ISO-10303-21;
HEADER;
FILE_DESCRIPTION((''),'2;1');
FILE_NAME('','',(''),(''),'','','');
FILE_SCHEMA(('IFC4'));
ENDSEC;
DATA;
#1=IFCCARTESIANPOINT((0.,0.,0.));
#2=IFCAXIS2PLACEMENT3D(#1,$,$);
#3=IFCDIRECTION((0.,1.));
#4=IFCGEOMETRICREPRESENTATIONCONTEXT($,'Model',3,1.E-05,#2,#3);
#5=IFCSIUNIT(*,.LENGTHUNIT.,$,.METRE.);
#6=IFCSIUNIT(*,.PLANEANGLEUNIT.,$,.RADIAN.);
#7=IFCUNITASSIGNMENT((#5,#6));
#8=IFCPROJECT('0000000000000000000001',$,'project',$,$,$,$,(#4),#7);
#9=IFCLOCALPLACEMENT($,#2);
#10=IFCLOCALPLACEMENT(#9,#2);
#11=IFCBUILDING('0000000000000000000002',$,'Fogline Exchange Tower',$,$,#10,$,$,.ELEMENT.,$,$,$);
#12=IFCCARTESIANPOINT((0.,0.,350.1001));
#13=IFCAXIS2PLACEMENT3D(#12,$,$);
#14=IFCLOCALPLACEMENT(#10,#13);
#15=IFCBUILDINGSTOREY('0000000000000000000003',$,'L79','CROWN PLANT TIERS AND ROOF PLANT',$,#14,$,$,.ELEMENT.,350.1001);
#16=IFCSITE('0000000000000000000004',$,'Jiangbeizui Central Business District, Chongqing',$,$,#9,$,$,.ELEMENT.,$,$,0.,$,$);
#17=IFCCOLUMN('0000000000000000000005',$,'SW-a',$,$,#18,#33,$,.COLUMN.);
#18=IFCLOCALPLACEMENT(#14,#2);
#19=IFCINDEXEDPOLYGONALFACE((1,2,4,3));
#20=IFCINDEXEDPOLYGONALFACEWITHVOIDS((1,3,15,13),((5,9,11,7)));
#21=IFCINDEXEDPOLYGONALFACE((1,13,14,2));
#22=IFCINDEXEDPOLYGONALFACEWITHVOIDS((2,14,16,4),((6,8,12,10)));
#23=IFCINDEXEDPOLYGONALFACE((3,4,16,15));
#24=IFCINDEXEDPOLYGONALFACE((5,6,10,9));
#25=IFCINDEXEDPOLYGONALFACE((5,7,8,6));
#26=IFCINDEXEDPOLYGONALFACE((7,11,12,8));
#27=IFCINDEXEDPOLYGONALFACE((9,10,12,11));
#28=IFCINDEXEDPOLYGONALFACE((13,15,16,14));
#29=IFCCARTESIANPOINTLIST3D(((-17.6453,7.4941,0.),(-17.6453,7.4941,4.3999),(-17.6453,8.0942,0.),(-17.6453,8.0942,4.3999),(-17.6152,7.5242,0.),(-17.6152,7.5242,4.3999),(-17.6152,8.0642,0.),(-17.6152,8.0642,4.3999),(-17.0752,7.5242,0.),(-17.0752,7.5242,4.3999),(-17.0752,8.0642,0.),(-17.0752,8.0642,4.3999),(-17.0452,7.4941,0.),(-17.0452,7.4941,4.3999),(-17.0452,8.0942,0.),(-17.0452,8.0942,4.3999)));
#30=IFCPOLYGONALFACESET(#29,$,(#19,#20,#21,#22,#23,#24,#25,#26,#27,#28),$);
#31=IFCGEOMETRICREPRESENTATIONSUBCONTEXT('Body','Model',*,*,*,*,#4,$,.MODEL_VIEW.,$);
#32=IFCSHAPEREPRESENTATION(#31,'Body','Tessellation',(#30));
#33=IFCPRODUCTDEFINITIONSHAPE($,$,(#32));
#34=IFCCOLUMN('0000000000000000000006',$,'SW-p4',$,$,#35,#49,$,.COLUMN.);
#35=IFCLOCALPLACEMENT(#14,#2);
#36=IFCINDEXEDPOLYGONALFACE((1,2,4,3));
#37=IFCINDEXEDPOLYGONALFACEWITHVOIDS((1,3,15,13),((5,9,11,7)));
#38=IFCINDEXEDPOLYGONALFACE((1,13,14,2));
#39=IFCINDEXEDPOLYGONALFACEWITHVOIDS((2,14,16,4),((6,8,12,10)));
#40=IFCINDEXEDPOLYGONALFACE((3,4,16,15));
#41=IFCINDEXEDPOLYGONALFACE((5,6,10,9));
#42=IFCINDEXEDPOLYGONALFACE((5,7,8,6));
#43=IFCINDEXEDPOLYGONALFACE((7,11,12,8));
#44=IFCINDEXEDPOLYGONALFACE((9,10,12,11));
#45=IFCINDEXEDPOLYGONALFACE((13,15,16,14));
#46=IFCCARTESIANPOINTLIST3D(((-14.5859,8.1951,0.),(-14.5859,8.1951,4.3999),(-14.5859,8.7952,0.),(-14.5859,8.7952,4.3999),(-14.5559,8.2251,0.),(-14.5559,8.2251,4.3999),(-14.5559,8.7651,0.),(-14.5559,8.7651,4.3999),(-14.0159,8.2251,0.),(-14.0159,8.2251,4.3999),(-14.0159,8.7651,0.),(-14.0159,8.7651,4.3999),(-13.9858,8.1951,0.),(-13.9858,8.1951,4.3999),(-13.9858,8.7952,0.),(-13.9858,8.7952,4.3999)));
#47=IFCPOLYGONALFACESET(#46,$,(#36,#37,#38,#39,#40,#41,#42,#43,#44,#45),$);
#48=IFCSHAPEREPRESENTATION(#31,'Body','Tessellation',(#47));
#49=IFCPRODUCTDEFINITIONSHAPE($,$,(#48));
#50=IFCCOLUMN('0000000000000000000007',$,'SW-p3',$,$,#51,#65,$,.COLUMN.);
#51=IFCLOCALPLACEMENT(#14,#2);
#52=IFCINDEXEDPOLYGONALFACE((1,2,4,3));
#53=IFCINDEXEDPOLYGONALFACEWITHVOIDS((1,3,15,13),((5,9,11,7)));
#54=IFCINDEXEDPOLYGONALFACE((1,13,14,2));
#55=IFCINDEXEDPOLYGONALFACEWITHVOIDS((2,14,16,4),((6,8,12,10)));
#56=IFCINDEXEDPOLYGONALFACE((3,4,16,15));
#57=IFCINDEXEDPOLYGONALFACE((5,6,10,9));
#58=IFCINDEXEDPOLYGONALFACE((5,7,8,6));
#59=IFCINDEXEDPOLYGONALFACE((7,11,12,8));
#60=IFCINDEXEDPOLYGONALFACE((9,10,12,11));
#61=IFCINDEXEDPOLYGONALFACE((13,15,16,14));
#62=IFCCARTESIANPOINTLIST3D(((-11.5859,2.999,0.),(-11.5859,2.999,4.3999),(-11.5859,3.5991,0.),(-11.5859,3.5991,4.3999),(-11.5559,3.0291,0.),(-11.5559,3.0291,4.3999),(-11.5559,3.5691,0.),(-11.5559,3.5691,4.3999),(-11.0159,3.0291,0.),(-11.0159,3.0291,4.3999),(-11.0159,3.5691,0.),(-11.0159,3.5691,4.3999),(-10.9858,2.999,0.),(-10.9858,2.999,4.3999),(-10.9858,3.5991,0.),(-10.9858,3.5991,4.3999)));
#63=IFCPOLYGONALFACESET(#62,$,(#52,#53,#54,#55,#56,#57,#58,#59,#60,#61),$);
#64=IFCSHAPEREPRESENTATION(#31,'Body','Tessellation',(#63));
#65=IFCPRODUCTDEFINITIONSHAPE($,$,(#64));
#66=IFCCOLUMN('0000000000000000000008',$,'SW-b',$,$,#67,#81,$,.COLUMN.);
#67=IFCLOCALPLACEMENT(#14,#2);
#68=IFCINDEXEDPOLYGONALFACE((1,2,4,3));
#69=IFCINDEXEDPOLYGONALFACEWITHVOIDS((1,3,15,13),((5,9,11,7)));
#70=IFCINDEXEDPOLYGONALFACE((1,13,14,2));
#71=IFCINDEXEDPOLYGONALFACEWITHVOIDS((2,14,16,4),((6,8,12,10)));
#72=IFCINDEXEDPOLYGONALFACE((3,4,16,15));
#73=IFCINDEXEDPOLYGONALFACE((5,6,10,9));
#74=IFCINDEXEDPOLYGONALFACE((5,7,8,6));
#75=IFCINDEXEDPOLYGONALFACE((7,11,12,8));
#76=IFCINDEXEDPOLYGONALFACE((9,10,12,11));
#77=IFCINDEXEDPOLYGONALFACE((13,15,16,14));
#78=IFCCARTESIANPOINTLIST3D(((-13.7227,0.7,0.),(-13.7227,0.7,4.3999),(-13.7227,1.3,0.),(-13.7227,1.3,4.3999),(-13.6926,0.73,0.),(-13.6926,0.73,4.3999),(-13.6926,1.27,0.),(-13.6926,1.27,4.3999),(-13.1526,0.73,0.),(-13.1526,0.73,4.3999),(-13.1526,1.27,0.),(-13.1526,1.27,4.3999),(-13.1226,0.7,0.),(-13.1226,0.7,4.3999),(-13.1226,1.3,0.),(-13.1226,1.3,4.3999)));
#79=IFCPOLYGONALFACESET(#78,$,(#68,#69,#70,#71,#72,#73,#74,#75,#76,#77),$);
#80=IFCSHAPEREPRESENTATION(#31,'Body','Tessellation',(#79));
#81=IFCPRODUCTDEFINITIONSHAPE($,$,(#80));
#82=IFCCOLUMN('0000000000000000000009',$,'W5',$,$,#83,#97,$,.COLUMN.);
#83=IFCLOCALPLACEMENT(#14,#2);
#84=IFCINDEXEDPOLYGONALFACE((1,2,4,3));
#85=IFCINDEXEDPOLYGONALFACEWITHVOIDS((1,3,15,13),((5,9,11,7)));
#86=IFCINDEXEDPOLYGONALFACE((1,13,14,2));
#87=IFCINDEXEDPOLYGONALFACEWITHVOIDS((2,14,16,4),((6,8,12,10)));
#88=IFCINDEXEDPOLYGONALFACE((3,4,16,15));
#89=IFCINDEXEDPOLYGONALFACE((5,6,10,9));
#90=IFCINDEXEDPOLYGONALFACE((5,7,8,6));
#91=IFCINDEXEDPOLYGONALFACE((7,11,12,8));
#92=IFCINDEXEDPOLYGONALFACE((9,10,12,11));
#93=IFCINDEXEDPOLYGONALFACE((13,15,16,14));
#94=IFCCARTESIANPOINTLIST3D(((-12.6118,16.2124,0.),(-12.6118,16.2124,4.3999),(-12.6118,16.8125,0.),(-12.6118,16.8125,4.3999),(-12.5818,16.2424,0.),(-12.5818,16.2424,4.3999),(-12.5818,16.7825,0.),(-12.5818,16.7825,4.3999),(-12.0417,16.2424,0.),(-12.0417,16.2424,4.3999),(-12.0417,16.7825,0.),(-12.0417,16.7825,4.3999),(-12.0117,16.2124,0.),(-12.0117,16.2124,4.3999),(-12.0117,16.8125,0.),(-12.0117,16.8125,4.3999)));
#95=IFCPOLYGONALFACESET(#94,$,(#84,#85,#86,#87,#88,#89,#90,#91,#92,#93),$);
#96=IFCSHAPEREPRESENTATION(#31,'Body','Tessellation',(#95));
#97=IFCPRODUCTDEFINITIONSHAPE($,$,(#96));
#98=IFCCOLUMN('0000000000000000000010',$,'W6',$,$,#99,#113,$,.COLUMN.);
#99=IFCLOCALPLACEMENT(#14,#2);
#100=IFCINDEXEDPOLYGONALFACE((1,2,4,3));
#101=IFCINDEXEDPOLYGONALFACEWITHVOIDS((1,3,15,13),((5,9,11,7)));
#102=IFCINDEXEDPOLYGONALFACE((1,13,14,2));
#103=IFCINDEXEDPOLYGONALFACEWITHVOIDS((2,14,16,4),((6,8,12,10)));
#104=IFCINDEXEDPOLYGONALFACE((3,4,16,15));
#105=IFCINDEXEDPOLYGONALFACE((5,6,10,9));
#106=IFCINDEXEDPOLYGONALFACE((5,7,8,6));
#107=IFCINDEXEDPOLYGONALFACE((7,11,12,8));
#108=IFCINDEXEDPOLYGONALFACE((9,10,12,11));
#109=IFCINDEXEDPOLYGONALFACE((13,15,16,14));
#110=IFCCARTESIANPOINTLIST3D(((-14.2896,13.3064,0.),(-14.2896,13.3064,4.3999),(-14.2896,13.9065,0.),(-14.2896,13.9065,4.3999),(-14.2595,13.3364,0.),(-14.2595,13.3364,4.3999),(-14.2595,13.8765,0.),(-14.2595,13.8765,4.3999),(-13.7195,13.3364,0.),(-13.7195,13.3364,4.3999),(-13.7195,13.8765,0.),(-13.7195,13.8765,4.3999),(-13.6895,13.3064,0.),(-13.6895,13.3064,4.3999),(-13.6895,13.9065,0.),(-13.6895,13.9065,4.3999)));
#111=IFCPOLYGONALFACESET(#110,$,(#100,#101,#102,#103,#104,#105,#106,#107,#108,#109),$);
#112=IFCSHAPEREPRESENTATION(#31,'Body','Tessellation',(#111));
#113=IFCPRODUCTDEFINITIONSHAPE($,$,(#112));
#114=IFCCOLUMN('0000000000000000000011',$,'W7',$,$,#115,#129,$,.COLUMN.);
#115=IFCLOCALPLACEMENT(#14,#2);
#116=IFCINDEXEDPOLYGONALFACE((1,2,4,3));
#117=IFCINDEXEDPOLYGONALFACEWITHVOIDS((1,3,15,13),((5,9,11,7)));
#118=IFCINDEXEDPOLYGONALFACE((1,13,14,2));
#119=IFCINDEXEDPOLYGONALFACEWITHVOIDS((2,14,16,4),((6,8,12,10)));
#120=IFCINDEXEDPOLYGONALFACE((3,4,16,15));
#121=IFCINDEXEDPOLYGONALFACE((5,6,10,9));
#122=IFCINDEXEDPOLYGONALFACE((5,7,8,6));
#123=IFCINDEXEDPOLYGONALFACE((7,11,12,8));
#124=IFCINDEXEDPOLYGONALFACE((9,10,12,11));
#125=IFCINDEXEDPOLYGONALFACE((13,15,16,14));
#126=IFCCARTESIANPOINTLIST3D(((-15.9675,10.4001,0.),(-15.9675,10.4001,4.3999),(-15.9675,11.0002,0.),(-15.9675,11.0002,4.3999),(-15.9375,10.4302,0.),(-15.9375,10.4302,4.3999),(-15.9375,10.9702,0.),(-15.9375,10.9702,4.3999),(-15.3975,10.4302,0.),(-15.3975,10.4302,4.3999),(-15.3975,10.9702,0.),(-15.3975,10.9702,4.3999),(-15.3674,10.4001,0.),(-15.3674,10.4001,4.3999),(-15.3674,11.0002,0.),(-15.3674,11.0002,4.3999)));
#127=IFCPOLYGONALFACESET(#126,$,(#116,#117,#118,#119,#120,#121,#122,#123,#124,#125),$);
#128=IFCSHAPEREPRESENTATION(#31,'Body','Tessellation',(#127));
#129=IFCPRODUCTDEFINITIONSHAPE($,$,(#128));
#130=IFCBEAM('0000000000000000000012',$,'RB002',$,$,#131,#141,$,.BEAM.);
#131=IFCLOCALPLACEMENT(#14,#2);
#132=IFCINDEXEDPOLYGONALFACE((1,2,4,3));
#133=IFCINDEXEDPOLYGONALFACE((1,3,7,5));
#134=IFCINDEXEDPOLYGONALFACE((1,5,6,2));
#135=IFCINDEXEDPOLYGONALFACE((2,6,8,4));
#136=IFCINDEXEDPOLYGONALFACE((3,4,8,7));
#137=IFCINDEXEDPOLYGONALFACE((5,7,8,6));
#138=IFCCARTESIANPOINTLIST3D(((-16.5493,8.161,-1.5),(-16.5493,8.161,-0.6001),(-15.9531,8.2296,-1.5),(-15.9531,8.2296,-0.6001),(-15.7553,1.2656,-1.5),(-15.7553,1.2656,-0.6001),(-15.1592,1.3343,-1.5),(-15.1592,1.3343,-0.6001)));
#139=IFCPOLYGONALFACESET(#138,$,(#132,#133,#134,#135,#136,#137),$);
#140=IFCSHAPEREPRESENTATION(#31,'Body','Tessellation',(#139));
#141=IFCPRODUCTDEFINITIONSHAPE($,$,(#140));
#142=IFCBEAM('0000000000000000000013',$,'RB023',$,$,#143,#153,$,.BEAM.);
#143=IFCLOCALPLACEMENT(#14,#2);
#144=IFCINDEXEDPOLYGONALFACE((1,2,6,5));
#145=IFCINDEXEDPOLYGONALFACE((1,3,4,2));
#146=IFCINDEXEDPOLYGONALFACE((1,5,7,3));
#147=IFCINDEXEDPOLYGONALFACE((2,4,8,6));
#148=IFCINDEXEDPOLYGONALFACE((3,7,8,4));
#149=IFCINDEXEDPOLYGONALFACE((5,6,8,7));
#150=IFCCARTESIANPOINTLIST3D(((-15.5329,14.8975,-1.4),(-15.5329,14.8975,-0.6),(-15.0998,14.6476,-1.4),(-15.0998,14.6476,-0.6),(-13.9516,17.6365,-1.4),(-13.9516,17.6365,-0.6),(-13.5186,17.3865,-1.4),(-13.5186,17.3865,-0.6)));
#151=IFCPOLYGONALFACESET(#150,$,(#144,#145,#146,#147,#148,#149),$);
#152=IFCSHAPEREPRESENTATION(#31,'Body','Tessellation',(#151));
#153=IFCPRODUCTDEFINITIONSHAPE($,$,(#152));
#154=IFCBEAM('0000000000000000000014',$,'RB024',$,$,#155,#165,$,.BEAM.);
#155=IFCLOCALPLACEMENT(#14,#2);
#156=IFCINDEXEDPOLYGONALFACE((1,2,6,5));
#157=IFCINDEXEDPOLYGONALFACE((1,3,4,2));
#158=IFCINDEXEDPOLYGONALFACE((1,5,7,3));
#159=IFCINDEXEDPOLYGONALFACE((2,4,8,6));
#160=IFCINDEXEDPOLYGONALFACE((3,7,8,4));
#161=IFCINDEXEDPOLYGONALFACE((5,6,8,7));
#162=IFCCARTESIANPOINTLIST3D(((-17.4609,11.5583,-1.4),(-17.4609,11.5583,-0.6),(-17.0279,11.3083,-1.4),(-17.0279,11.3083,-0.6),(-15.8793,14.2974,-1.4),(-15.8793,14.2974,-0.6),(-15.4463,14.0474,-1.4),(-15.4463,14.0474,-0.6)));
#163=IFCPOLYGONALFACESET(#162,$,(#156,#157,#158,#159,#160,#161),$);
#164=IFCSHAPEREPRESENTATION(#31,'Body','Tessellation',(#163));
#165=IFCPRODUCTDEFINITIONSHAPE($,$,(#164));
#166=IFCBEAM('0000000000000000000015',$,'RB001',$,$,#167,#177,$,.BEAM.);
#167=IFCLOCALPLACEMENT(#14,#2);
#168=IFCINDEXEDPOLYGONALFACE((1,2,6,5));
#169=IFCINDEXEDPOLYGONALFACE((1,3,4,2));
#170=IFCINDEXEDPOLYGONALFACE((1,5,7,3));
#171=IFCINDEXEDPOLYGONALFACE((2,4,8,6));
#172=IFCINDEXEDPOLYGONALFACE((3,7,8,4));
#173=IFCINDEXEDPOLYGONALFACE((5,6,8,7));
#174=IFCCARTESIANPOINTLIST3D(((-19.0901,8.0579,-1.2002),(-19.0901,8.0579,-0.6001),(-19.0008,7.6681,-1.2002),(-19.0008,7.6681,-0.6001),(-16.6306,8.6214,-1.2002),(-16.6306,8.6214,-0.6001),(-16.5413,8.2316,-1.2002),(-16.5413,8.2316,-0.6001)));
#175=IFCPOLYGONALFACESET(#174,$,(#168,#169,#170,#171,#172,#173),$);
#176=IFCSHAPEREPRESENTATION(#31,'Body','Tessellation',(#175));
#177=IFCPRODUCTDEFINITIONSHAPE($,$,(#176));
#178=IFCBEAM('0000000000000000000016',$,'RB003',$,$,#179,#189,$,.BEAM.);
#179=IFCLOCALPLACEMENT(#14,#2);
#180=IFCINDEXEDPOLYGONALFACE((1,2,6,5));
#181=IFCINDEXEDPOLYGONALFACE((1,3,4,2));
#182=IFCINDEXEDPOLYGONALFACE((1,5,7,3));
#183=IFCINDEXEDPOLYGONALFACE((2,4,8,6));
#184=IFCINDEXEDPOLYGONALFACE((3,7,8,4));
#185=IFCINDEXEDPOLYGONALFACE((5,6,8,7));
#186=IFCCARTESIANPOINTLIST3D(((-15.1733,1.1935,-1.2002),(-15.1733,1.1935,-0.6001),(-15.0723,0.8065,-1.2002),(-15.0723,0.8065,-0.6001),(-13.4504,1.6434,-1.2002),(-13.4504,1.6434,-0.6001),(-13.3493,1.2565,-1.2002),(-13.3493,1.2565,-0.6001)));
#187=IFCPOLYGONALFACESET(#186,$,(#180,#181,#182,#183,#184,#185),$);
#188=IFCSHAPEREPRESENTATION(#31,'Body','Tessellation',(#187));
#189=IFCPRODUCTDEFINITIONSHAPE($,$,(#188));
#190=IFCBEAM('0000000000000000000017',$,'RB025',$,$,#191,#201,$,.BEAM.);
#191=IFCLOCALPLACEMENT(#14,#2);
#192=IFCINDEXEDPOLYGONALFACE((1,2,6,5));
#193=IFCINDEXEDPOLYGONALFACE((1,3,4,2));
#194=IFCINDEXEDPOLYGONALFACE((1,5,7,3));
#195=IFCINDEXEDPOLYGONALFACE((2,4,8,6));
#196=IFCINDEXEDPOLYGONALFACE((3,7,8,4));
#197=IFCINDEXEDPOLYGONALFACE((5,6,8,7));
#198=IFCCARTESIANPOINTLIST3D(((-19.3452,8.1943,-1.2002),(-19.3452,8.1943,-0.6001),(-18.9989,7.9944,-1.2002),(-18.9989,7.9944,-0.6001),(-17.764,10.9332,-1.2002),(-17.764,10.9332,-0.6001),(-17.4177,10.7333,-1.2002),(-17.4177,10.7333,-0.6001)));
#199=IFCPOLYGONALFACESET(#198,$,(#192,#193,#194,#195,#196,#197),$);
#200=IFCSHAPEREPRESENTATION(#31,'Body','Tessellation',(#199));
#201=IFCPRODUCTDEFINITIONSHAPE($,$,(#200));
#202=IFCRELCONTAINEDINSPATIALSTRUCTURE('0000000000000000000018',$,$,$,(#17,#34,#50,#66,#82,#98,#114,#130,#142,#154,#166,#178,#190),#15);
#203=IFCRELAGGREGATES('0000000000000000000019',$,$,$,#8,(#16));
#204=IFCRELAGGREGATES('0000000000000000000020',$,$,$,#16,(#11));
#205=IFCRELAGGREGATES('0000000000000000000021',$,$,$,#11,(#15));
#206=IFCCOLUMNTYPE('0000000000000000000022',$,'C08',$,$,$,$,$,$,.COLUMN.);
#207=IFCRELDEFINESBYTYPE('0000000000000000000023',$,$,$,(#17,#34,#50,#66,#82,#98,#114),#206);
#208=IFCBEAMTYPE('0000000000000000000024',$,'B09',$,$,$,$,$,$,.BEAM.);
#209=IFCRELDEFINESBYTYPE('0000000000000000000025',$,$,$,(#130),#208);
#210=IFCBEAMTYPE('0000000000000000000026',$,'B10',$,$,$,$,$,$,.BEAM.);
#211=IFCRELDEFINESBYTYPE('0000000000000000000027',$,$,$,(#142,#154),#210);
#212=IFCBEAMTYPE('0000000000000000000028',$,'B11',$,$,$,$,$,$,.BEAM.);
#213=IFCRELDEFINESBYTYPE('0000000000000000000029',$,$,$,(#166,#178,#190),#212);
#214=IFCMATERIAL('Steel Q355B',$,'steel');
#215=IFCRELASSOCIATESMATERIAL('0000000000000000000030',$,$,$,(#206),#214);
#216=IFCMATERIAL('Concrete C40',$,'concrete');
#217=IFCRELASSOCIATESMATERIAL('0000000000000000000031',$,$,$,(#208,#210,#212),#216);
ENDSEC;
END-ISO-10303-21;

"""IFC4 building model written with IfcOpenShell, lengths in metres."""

from ifc_helpers import new_model, si_unit, direction, frame, origin, origin_2d, place, context, subcontext, project, spatial, rectangle, hollow_rectangle, extrude, material, material_profile, profile_set, type_object, element, save


model = new_model("IFC4")

# Units and contexts
model_context = context("Model", 3, precision=1e-05, world=origin(), true_north=direction((0.0, 1.0)))
body_context = subcontext(model_context, "Body", "Model", "MODEL_VIEW")
ifc_project = project(units=[si_unit("LENGTHUNIT", "METRE"), si_unit("PLANEANGLEUNIT", "RADIAN")], contexts=[model_context])

# Site, building, storey
site_placement = place(None, origin())
site = spatial("IfcSite", under=ifc_project, at=site_placement, Name="Jiangbeizui Central Business District, Chongqing", CompositionType="ELEMENT", RefElevation=0.0)
building_placement = place(site_placement, origin())
building = spatial("IfcBuilding", under=site, at=building_placement, Name="Fogline Exchange Tower", CompositionType="ELEMENT")
storey_placement = place(building_placement, frame((0.0, 0.0, 350.1001)))
storey = spatial("IfcBuildingStorey", under=building, at=storey_placement, Name="L79", Description="CROWN PLANT TIERS AND ROOF PLANT", CompositionType="ELEMENT", Elevation=350.1001)

# Columns
ifc_material_1 = material(Name="Steel Q355B", Category="steel")
ifc_material_profile_1 = material_profile(ifc_material_1, hollow_rectangle(XDim=0.6001, YDim=0.6001, WallThickness=0.03, at=origin_2d()), Name="BOX600X600X30")
ifc_profile_set_1 = profile_set([ifc_material_profile_1], Name="Steel Q355B")
column_type = type_object("IfcColumnType", Name="C08", PredefinedType="COLUMN", material=ifc_profile_set_1)
for number, where, z_axis, x_axis, name in (
    (1, (-17.3452, 7.7942, 0.0), (0.0, 0.0, 1.0), (1.0, 0.0, 0.0), "SW-a"),
    (2, (-14.2859, 8.4951, 0.0), (0.0, 0.0, 1.0), (1.0, 0.0, 0.0), "SW-p4"),
    (3, (-11.2859, 3.2991, 0.0), (0.0, 0.0, 1.0), (1.0, 0.0, 0.0), "SW-p3"),
    (4, (-13.4226, 1.0, 0.0), (0.0, 0.0, 1.0), (1.0, 0.0, 0.0), "SW-b"),
    (5, (-12.3118, 16.5125, 0.0), (0.0, 0.0, 1.0), (1.0, 0.0, 0.0), "W5"),
    (6, (-13.9895, 13.6064, 0.0), (0.0, 0.0, 1.0), (1.0, 0.0, 0.0), "W6"),
    (7, (-15.6675, 10.7002, 0.0), (0.0, 0.0, 1.0), (1.0, 0.0, 0.0), "W7"),
):
    element("IfcColumn", number, at=place(storey_placement, frame(where, z_axis=z_axis, x_axis=x_axis)), inside=storey, type_object=column_type, Name=name, PredefinedType="COLUMN", context=body_context, shape_type="SweptSolid", body=[
        extrude(hollow_rectangle(XDim=0.6001, YDim=0.6001, WallThickness=0.03, at=origin_2d()), origin(), (0.0, 0.0, 1.0), 4.3999),
    ])

# Beams
ifc_material_2 = material(Name="Concrete C40", Category="concrete")
ifc_material_profile_2 = material_profile(ifc_material_2, rectangle(XDim=0.6001, YDim=0.8999, at=origin_2d()), Name="RC 600x900")
ifc_profile_set_2 = profile_set([ifc_material_profile_2], Name="Concrete C40")
beam_type_1 = type_object("IfcBeamType", Name="B09", PredefinedType="BEAM", material=ifc_profile_set_2)
beam_1_placement = place(storey_placement, frame((-16.2512, 8.1953, -1.05), z_axis=(0.114388, -0.993436, 0.0), x_axis=(0.993436, 0.114388, 0.0)))
element("IfcBeam", 8, at=beam_1_placement, inside=storey, type_object=beam_type_1, Name="RB002", PredefinedType="BEAM", context=body_context, shape_type="SweptSolid", body=[
    extrude(rectangle(XDim=0.6001, YDim=0.8999, at=origin_2d()), origin(), (0.0, 0.0, 1.0), 6.9409),
])
ifc_material_profile_3 = material_profile(ifc_material_2, rectangle(XDim=0.5, YDim=0.8, at=origin_2d()), Name="RC 500x800")
ifc_profile_set_3 = profile_set([ifc_material_profile_3], Name="Concrete C40")
beam_type_2 = type_object("IfcBeamType", Name="B10", PredefinedType="BEAM", material=ifc_profile_set_3)
beam_2_placement = place(storey_placement, frame((-13.7351, 17.5115, -1.0), z_axis=(-0.499983, -0.866035, 0.0), x_axis=(0.866035, -0.499983, 0.0)))
element("IfcBeam", 9, at=beam_2_placement, inside=storey, type_object=beam_type_2, Name="RB023", PredefinedType="BEAM", context=body_context, shape_type="SweptSolid", body=[
    extrude(rectangle(XDim=0.5, YDim=0.8, at=origin_2d()), origin(), (0.0, 0.0, 1.0), 3.1626),
])
beam_3_placement = place(storey_placement, frame((-15.6628, 14.1724, -1.0), z_axis=(-0.500041, -0.866002, 0.0), x_axis=(0.866002, -0.500041, 0.0)))
element("IfcBeam", 10, at=beam_3_placement, inside=storey, type_object=beam_type_2, Name="RB024", PredefinedType="BEAM", context=body_context, shape_type="SweptSolid", body=[
    extrude(rectangle(XDim=0.5, YDim=0.8, at=origin_2d()), origin(), (0.0, 0.0, 1.0), 3.1628),
])
ifc_material_profile_4 = material_profile(ifc_material_2, rectangle(XDim=0.3999, YDim=0.6001, at=origin_2d()), Name="RC 400x600")
ifc_profile_set_4 = profile_set([ifc_material_profile_4], Name="Concrete C40")
beam_type_3 = type_object("IfcBeamType", Name="B11", PredefinedType="BEAM", material=ifc_profile_set_4)
beam_4_placement = place(storey_placement, frame((-19.0454, 7.863, -0.9001), z_axis=(0.974745, 0.223319, 0.0), x_axis=(-0.223319, 0.974745, 0.0)))
element("IfcBeam", 11, at=beam_4_placement, inside=storey, type_object=beam_type_3, Name="RB001", PredefinedType="BEAM", context=body_context, shape_type="SweptSolid", body=[
    extrude(rectangle(XDim=0.3999, YDim=0.6001, at=origin_2d()), origin(), (0.0, 0.0, 1.0), 2.5232),
])
beam_5_placement = place(storey_placement, frame((-15.1228, 1.0, -0.9001), z_axis=(0.967549, 0.252684, 0.0), x_axis=(-0.252684, 0.967549, 0.0)))
element("IfcBeam", 12, at=beam_5_placement, inside=storey, type_object=beam_type_3, Name="RB003", PredefinedType="BEAM", context=body_context, shape_type="SweptSolid", body=[
    extrude(rectangle(XDim=0.3999, YDim=0.6001, at=origin_2d()), origin(), (0.0, 0.0, 1.0), 1.7808),
])
beam_6_placement = place(storey_placement, frame((-17.5908, 10.8333, -0.9001), z_axis=(-0.499983, -0.866035, 0.0), x_axis=(0.866035, -0.499983, 0.0)))
element("IfcBeam", 13, at=beam_6_placement, inside=storey, type_object=beam_type_3, Name="RB025", PredefinedType="BEAM", context=body_context, shape_type="SweptSolid", body=[
    extrude(rectangle(XDim=0.3999, YDim=0.6001, at=origin_2d()), origin(), (0.0, 0.0, 1.0), 3.1626),
])

save(model, "model.ifc")
